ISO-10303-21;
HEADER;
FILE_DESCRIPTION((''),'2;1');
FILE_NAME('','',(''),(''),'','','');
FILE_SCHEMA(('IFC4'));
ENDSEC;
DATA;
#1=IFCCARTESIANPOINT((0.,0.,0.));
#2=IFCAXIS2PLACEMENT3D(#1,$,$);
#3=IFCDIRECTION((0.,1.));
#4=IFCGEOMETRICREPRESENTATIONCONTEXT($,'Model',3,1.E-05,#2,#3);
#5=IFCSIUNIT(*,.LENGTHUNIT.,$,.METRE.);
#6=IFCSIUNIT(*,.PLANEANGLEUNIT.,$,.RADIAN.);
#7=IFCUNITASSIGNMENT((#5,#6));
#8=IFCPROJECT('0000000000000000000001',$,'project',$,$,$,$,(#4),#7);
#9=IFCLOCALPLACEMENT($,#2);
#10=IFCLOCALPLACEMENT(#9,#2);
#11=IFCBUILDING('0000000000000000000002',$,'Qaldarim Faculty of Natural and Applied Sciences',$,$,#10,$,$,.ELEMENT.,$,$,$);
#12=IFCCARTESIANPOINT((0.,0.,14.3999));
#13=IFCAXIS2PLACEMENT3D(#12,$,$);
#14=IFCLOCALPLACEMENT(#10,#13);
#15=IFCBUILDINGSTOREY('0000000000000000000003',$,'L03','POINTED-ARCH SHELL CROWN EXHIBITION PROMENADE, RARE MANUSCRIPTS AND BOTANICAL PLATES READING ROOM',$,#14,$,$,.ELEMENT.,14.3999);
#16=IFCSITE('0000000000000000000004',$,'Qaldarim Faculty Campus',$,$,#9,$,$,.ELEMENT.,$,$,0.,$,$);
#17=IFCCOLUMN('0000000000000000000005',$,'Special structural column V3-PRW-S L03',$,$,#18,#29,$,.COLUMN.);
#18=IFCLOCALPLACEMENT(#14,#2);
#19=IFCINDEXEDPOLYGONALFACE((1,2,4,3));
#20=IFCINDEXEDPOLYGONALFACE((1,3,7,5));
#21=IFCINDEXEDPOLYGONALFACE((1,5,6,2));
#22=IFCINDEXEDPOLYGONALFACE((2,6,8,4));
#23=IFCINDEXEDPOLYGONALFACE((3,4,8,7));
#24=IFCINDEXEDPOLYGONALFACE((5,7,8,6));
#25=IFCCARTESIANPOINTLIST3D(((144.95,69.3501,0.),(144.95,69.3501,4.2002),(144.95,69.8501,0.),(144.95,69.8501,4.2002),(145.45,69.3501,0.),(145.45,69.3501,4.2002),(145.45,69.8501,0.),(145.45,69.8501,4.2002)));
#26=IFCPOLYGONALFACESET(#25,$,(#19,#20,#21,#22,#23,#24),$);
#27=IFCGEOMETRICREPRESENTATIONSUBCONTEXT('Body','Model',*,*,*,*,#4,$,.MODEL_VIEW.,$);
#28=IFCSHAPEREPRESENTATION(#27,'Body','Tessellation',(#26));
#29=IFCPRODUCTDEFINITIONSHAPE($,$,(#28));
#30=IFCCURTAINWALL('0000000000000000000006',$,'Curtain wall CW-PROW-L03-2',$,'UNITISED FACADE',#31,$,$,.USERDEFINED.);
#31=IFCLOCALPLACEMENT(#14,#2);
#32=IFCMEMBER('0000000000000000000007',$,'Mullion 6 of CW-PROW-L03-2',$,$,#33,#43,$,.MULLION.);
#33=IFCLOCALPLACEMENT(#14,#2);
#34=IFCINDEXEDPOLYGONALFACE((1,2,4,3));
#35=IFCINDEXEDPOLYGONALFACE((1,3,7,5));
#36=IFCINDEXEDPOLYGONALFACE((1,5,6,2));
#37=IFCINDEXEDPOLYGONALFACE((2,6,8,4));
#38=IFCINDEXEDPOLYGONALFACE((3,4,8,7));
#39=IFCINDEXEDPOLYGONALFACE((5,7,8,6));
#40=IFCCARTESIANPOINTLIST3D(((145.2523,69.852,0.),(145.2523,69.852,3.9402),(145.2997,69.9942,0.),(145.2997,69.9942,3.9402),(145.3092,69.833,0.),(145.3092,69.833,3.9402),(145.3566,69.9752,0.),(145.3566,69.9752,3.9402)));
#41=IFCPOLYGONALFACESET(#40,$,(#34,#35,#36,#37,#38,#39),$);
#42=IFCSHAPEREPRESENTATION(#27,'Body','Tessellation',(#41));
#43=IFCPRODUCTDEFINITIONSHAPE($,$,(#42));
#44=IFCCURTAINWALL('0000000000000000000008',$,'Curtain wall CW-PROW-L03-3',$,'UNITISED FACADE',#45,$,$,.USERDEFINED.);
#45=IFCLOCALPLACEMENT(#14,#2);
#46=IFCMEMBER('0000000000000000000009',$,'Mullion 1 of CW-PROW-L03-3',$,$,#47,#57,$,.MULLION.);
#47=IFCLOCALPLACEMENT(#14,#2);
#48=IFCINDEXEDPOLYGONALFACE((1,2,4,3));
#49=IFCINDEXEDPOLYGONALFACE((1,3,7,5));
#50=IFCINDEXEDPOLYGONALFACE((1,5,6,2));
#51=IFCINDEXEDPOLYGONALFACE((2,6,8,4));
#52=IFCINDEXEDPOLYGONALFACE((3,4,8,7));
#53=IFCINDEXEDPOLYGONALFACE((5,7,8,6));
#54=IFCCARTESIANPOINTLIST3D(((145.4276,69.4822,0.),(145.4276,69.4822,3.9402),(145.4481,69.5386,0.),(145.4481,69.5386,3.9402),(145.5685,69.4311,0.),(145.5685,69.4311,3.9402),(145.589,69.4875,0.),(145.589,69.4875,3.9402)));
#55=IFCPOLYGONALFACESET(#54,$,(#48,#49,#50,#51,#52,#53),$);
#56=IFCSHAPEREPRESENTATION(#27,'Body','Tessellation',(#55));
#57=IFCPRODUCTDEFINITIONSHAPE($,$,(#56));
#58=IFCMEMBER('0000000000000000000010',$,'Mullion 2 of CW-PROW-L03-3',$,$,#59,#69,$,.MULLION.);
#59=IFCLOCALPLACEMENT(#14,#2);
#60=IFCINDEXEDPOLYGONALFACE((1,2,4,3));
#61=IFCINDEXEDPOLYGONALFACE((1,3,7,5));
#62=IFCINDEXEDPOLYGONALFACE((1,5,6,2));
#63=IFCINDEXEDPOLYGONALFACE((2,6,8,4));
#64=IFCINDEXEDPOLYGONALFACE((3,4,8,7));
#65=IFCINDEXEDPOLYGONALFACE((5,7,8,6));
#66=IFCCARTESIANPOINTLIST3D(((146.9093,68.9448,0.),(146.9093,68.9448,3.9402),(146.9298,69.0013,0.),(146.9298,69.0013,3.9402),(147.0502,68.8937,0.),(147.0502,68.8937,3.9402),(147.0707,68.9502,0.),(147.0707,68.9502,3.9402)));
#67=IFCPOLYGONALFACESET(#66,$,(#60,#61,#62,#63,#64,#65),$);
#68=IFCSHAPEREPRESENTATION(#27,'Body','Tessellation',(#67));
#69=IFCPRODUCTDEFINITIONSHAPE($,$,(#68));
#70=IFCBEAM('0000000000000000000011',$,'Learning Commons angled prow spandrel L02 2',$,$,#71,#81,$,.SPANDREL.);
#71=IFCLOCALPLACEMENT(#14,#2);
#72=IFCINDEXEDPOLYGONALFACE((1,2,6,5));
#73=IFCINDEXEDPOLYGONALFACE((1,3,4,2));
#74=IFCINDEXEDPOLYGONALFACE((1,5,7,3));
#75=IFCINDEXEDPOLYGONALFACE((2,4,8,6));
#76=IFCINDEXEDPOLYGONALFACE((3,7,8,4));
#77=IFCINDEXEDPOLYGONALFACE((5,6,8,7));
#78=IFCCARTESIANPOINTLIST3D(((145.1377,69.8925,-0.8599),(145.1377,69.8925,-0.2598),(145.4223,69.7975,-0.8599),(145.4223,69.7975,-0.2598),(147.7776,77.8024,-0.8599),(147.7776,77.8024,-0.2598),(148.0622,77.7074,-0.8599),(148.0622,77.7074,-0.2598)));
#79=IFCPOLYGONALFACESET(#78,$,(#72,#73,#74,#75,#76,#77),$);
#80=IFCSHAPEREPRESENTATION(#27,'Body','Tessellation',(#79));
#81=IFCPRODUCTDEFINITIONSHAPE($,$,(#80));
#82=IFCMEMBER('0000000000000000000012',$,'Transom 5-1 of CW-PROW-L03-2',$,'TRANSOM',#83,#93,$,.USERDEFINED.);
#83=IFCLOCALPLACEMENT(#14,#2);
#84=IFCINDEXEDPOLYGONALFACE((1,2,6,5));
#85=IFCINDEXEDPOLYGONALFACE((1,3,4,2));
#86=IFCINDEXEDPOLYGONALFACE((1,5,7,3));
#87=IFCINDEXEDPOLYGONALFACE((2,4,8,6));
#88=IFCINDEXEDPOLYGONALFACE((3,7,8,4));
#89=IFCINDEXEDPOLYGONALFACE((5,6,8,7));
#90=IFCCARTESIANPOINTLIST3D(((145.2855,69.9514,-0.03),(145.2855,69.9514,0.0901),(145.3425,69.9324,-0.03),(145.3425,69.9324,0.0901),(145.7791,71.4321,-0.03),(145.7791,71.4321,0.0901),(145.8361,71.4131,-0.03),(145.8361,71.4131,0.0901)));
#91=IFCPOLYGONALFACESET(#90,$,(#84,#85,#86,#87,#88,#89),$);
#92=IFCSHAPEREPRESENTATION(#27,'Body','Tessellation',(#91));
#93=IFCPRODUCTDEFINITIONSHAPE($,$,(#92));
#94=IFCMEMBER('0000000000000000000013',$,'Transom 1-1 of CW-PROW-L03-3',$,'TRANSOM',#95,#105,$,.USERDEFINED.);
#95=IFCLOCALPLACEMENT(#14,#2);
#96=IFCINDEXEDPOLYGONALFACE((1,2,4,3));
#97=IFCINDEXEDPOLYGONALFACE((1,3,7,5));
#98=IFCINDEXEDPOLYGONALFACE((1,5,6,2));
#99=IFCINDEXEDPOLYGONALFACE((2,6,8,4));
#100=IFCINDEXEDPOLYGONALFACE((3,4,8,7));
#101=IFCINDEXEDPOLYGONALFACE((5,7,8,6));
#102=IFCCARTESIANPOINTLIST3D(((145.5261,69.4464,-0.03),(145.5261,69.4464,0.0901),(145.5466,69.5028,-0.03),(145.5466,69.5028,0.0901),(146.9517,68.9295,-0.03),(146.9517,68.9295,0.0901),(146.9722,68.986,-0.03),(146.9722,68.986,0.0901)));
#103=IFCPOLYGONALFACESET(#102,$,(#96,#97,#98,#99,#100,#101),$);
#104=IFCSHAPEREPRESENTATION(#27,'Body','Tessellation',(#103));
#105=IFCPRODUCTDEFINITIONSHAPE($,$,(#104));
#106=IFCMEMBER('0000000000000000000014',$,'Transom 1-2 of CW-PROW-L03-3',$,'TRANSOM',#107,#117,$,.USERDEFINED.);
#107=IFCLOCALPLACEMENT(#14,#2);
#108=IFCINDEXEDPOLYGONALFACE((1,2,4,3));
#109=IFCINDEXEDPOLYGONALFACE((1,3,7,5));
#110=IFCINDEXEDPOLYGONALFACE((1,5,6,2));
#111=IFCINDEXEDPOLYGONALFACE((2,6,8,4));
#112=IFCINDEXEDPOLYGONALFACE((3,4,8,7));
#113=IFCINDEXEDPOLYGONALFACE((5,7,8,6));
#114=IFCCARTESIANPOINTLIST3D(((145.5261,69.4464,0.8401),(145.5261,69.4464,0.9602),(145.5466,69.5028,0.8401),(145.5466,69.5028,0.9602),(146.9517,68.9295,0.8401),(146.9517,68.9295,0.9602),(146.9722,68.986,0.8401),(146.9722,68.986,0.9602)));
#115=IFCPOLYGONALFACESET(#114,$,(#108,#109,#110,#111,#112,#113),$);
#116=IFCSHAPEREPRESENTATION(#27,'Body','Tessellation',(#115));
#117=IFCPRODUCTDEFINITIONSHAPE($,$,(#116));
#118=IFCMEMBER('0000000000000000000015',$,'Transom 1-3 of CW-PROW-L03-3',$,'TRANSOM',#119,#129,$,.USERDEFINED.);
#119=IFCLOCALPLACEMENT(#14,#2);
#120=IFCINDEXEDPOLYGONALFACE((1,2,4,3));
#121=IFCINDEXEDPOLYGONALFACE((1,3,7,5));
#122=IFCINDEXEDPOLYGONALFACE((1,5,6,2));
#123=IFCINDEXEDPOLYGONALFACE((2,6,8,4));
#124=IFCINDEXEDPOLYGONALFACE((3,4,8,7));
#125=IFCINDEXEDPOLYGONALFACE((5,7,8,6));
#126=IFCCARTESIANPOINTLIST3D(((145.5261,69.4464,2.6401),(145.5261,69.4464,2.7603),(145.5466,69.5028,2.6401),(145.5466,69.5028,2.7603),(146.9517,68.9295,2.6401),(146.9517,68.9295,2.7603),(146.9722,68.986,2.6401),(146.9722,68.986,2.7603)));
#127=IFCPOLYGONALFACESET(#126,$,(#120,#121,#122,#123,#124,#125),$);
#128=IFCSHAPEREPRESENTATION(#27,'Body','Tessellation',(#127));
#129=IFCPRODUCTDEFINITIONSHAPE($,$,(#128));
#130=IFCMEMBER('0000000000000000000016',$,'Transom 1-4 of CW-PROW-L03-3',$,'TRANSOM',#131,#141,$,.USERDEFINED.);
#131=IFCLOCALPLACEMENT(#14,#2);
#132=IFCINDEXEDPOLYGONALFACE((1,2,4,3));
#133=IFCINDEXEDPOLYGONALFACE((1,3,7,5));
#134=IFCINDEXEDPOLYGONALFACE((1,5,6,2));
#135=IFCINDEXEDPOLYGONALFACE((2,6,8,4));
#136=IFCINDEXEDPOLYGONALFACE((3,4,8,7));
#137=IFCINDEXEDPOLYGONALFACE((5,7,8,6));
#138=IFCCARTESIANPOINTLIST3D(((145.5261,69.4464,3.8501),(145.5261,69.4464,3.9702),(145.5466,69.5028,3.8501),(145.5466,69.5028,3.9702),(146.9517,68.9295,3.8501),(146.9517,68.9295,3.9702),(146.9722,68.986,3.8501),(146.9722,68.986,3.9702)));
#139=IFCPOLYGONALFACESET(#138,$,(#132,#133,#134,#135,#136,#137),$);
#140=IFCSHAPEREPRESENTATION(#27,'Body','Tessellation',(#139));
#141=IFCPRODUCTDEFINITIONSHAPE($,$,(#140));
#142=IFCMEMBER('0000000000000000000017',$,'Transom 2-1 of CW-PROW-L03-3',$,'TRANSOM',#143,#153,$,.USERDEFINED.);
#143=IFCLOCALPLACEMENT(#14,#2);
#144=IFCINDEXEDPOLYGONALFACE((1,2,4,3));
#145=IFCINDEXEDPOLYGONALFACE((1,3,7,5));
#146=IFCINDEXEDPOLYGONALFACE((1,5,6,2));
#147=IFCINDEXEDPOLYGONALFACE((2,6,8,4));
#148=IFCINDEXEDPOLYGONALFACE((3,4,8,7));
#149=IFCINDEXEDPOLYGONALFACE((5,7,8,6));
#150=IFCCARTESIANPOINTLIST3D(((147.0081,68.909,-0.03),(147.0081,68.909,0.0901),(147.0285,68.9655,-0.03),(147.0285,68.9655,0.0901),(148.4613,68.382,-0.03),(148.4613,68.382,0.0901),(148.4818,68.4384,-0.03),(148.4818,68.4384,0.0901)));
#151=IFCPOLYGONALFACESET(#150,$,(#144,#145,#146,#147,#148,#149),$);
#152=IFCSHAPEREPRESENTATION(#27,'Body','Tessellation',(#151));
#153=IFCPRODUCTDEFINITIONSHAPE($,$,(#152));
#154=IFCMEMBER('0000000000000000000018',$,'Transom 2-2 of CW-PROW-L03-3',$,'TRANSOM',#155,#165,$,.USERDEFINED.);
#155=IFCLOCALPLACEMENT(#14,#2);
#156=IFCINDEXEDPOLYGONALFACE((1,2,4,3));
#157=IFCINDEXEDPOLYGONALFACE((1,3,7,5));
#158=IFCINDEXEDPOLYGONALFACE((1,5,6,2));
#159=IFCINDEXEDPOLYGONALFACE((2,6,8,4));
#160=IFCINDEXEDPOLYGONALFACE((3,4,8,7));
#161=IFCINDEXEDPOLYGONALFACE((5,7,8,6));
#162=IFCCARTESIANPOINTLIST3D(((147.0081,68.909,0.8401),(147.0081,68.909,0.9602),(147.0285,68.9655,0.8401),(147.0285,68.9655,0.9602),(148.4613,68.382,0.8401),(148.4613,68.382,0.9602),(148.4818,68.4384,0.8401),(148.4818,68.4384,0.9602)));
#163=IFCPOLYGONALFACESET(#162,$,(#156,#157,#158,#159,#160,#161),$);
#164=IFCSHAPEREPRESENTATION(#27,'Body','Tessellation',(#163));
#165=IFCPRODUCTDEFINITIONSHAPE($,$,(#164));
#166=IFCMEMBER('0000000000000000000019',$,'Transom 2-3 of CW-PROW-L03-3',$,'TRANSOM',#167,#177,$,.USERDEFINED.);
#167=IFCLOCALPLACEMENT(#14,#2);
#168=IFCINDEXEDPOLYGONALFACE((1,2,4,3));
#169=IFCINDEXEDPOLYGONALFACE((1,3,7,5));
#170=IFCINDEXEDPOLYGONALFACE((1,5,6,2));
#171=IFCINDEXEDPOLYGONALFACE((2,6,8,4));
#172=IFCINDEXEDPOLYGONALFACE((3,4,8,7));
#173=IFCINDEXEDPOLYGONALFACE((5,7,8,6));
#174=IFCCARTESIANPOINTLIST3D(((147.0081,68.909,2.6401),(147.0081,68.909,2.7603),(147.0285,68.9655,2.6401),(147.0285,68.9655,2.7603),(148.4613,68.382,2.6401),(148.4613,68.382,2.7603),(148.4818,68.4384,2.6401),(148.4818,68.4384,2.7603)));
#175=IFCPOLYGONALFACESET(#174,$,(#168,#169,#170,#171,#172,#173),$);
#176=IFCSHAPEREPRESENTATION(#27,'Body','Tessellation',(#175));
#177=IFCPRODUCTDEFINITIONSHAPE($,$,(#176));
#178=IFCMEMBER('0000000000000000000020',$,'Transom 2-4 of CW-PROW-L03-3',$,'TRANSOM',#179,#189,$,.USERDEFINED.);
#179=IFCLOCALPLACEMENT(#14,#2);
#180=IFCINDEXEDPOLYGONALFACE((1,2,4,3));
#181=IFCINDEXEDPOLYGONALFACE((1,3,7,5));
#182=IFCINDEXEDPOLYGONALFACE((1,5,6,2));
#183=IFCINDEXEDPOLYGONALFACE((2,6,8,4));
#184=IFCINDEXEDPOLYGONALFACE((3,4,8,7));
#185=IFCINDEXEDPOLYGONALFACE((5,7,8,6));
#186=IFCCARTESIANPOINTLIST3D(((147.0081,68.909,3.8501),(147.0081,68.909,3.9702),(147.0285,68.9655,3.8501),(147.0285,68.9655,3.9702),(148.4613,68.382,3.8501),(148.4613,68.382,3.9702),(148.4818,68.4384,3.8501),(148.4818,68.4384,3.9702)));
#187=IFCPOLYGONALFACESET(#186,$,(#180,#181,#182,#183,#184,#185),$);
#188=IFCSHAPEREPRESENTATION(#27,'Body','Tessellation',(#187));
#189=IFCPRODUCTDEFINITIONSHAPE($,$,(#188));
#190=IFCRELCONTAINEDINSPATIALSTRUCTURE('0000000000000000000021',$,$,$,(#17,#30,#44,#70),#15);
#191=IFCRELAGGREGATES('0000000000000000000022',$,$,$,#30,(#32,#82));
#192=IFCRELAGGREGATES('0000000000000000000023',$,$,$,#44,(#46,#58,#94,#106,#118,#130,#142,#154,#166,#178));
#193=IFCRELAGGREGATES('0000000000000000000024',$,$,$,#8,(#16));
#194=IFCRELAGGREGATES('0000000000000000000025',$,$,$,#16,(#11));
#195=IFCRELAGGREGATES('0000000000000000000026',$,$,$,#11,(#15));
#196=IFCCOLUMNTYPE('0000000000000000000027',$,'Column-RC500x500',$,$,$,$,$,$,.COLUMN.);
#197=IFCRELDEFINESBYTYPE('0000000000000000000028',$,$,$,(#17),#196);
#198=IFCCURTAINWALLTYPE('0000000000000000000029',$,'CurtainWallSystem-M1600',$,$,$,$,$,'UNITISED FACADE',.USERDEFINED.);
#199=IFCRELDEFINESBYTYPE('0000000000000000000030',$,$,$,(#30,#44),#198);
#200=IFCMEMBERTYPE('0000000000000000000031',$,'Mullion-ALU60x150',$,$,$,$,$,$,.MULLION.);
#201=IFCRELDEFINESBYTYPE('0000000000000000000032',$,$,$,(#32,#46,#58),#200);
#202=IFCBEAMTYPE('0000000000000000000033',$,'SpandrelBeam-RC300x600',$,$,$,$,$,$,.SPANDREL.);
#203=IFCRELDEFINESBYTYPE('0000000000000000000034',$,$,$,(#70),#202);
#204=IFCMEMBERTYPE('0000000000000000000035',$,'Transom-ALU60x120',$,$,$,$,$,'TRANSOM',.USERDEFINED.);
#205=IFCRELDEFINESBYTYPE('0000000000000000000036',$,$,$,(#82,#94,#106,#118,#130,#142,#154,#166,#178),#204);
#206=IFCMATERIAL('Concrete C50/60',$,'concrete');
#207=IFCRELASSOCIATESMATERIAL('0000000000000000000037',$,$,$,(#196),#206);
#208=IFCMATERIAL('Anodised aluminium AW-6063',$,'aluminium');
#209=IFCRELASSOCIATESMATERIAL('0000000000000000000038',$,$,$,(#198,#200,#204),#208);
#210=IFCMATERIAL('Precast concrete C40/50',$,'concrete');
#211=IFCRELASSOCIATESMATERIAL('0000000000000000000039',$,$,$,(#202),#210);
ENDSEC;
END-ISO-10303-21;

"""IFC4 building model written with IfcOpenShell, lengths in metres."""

from ifc_helpers import new_model, si_unit, direction, frame, origin, origin_2d, place, context, subcontext, project, spatial, rectangle, extrude, material, material_profile, profile_set, type_object, element, aggregate, save


model = new_model("IFC4")

# Units and contexts
model_context = context("Model", 3, precision=1e-05, world=origin(), true_north=direction((0.0, 1.0)))
body_context = subcontext(model_context, "Body", "Model", "MODEL_VIEW")
ifc_project = project(units=[si_unit("LENGTHUNIT", "METRE"), si_unit("PLANEANGLEUNIT", "RADIAN")], contexts=[model_context])

# Site, building, storey
site_placement = place(None, origin())
site = spatial("IfcSite", under=ifc_project, at=site_placement, Name="Qaldarim Faculty Campus", CompositionType="ELEMENT", RefElevation=0.0)
building_placement = place(site_placement, origin())
building = spatial("IfcBuilding", under=site, at=building_placement, Name="Qaldarim Faculty of Natural and Applied Sciences", CompositionType="ELEMENT")
storey_placement = place(building_placement, frame((0.0, 0.0, 14.3999)))
storey = spatial("IfcBuildingStorey", under=building, at=storey_placement, Name="L03", Description="POINTED-ARCH SHELL CROWN EXHIBITION PROMENADE, RARE MANUSCRIPTS AND BOTANICAL PLATES READING ROOM", CompositionType="ELEMENT", Elevation=14.3999)

# Column
ifc_material_1 = material(Name="Concrete C50/60", Category="concrete")
ifc_material_profile_1 = material_profile(ifc_material_1, rectangle(XDim=0.5, YDim=0.5, at=origin_2d()), Name="RC-C500x500")
ifc_profile_set_1 = profile_set([ifc_material_profile_1], Name="Concrete C50/60")
column_type = type_object("IfcColumnType", Name="Column-RC500x500", PredefinedType="COLUMN", material=ifc_profile_set_1)
column_placement = place(storey_placement, frame((145.2, 69.6001, 0.0), z_axis=(0.0, 0.0, 1.0), x_axis=(1.0, 0.0, 0.0)))
element("IfcColumn", 1, at=column_placement, inside=storey, type_object=column_type, Name="Special structural column V3-PRW-S L03", PredefinedType="COLUMN", context=body_context, shape_type="SweptSolid", body=[
    extrude(rectangle(XDim=0.5, YDim=0.5, at=origin_2d()), origin(), (0.0, 0.0, 1.0), 4.2002),
])

# Curtain wall, member
ifc_material_2 = material(Name="Anodised aluminium AW-6063", Category="aluminium")
curtain_wall_type = type_object("IfcCurtainWallType", Name="CurtainWallSystem-M1600", ElementType="UNITISED FACADE", PredefinedType="USERDEFINED", material=ifc_material_2)
curtain_wall_1_placement = place(storey_placement, origin())
curtain_wall_1 = element("IfcCurtainWall", 2, at=curtain_wall_1_placement, inside=storey, type_object=curtain_wall_type, Name="Curtain wall CW-PROW-L03-2", ObjectType="UNITISED FACADE", PredefinedType="USERDEFINED")
ifc_material_profile_2 = material_profile(ifc_material_2, rectangle(XDim=0.0601, YDim=0.1499, at=origin_2d()), Name="ALU-M60x150")
ifc_profile_set_2 = profile_set([ifc_material_profile_2], Name="Anodised aluminium AW-6063")
member_type_1 = type_object("IfcMemberType", Name="Mullion-ALU60x150", PredefinedType="MULLION", material=ifc_profile_set_2)
member_1_placement = place(storey_placement, frame((145.3044, 69.9136, 0.0), z_axis=(0.0, 0.0, 1.0), x_axis=(0.948683, -0.316229, 0.0)))
member_1 = element("IfcMember", 3, at=member_1_placement, type_object=member_type_1, Name="Mullion 6 of CW-PROW-L03-2", PredefinedType="MULLION", context=body_context, shape_type="SweptSolid", body=[
    extrude(rectangle(XDim=0.0601, YDim=0.1499, at=origin_2d()), origin(), (0.0, 0.0, 1.0), 3.9402),
])

# Curtain wall, members
curtain_wall_2_placement = place(storey_placement, origin())
curtain_wall_2 = element("IfcCurtainWall", 4, at=curtain_wall_2_placement, inside=storey, type_object=curtain_wall_type, Name="Curtain wall CW-PROW-L03-3", ObjectType="UNITISED FACADE", PredefinedType="USERDEFINED")
member_2_placement = place(storey_placement, frame((145.5083, 69.4849, 0.0), z_axis=(0.0, 0.0, 1.0), x_axis=(0.340872, 0.94011, 0.0)))
member_2 = element("IfcMember", 5, at=member_2_placement, type_object=member_type_1, Name="Mullion 1 of CW-PROW-L03-3", PredefinedType="MULLION", context=body_context, shape_type="SweptSolid", body=[
    extrude(rectangle(XDim=0.0601, YDim=0.1499, at=origin_2d()), origin(), (0.0, 0.0, 1.0), 3.9402),
])
member_3_placement = place(storey_placement, frame((146.99, 68.9475, 0.0), z_axis=(0.0, 0.0, 1.0), x_axis=(0.340872, 0.94011, 0.0)))
member_3 = element("IfcMember", 6, at=member_3_placement, type_object=member_type_1, Name="Mullion 2 of CW-PROW-L03-3", PredefinedType="MULLION", context=body_context, shape_type="SweptSolid", body=[
    extrude(rectangle(XDim=0.0601, YDim=0.1499, at=origin_2d()), origin(), (0.0, 0.0, 1.0), 3.9402),
])

# Beam
ifc_material_3 = material(Name="Precast concrete C40/50", Category="concrete")
ifc_material_profile_3 = material_profile(ifc_material_3, rectangle(XDim=0.3, YDim=0.6001, at=origin_2d()), Name="RC-SP300x600")
ifc_profile_set_3 = profile_set([ifc_material_profile_3], Name="Precast concrete C40/50")
beam_type = type_object("IfcBeamType", Name="SpandrelBeam-RC300x600", PredefinedType="SPANDREL", material=ifc_profile_set_3)
beam_placement = place(storey_placement, frame((145.28, 69.845, -0.5598), z_axis=(0.316579, 0.948566, 0.0), x_axis=(-0.948566, 0.316579, 0.0)))
element("IfcBeam", 7, at=beam_placement, inside=storey, type_object=beam_type, Name="Learning Commons angled prow spandrel L02 2", PredefinedType="SPANDREL", context=body_context, shape_type="SweptSolid", body=[
    extrude(rectangle(XDim=0.3, YDim=0.6001, at=origin_2d()), origin(), (0.0, 0.0, 1.0), 8.3389),
])

# Members
ifc_material_profile_4 = material_profile(ifc_material_2, rectangle(XDim=0.0601, YDim=0.1201, at=origin_2d()), Name="ALU-T60x120")
ifc_profile_set_4 = profile_set([ifc_material_profile_4], Name="Anodised aluminium AW-6063")
member_type_2 = type_object("IfcMemberType", Name="Transom-ALU60x120", ElementType="TRANSOM", PredefinedType="USERDEFINED", material=ifc_profile_set_4)
member_4_placement = place(storey_placement, frame((145.8076, 71.4226, 0.03), z_axis=(-0.316275, -0.948668, 0.0), x_axis=(0.948668, -0.316275, 0.0)))
member_4 = element("IfcMember", 8, at=member_4_placement, type_object=member_type_2, Name="Transom 5-1 of CW-PROW-L03-2", ObjectType="TRANSOM", PredefinedType="USERDEFINED", context=body_context, shape_type="SweptSolid", body=[
    extrude(rectangle(XDim=0.0601, YDim=0.1201, at=origin_2d()), origin(), (0.0, 0.0, 1.0), 1.5608),
])
member_5_placement = place(storey_placement, frame((145.5364, 69.4746, 0.03), z_axis=(0.940117, -0.340851, 0.0), x_axis=(0.340851, 0.940117, 0.0)))
member_5 = element("IfcMember", 9, at=member_5_placement, type_object=member_type_2, Name="Transom 1-1 of CW-PROW-L03-3", ObjectType="TRANSOM", PredefinedType="USERDEFINED", context=body_context, shape_type="SweptSolid", body=[
    extrude(rectangle(XDim=0.0601, YDim=0.1201, at=origin_2d()), origin(), (0.0, 0.0, 1.0), 1.5164),
])
member_6_placement = place(storey_placement, frame((145.5364, 69.4746, 0.9001), z_axis=(0.940117, -0.340851, 0.0), x_axis=(0.340851, 0.940117, 0.0)))
member_6 = element("IfcMember", 10, at=member_6_placement, type_object=member_type_2, Name="Transom 1-2 of CW-PROW-L03-3", ObjectType="TRANSOM", PredefinedType="USERDEFINED", context=body_context, shape_type="SweptSolid", body=[
    extrude(rectangle(XDim=0.0601, YDim=0.1201, at=origin_2d()), origin(), (0.0, 0.0, 1.0), 1.5164),
])
member_7_placement = place(storey_placement, frame((145.5364, 69.4746, 2.7002), z_axis=(0.940117, -0.340851, 0.0), x_axis=(0.340851, 0.940117, 0.0)))
member_7 = element("IfcMember", 11, at=member_7_placement, type_object=member_type_2, Name="Transom 1-3 of CW-PROW-L03-3", ObjectType="TRANSOM", PredefinedType="USERDEFINED", context=body_context, shape_type="SweptSolid", body=[
    extrude(rectangle(XDim=0.0601, YDim=0.1201, at=origin_2d()), origin(), (0.0, 0.0, 1.0), 1.5164),
])
member_8_placement = place(storey_placement, frame((145.5364, 69.4746, 3.9102), z_axis=(0.940117, -0.340851, 0.0), x_axis=(0.340851, 0.940117, 0.0)))
member_8 = element("IfcMember", 12, at=member_8_placement, type_object=member_type_2, Name="Transom 1-4 of CW-PROW-L03-3", ObjectType="TRANSOM", PredefinedType="USERDEFINED", context=body_context, shape_type="SweptSolid", body=[
    extrude(rectangle(XDim=0.0601, YDim=0.1201, at=origin_2d()), origin(), (0.0, 0.0, 1.0), 1.5164),
])
member_9_placement = place(storey_placement, frame((147.0183, 68.9373, 0.03), z_axis=(0.940084, -0.340944, 0.0), x_axis=(0.340944, 0.940084, 0.0)))
member_9 = element("IfcMember", 13, at=member_9_placement, type_object=member_type_2, Name="Transom 2-1 of CW-PROW-L03-3", ObjectType="TRANSOM", PredefinedType="USERDEFINED", context=body_context, shape_type="SweptSolid", body=[
    extrude(rectangle(XDim=0.0601, YDim=0.1201, at=origin_2d()), origin(), (0.0, 0.0, 1.0), 1.5459),
])
member_10_placement = place(storey_placement, frame((147.0183, 68.9373, 0.9001), z_axis=(0.940084, -0.340944, 0.0), x_axis=(0.340944, 0.940084, 0.0)))
member_10 = element("IfcMember", 14, at=member_10_placement, type_object=member_type_2, Name="Transom 2-2 of CW-PROW-L03-3", ObjectType="TRANSOM", PredefinedType="USERDEFINED", context=body_context, shape_type="SweptSolid", body=[
    extrude(rectangle(XDim=0.0601, YDim=0.1201, at=origin_2d()), origin(), (0.0, 0.0, 1.0), 1.5459),
])
member_11_placement = place(storey_placement, frame((147.0183, 68.9373, 2.7002), z_axis=(0.940084, -0.340944, 0.0), x_axis=(0.340944, 0.940084, 0.0)))
member_11 = element("IfcMember", 15, at=member_11_placement, type_object=member_type_2, Name="Transom 2-3 of CW-PROW-L03-3", ObjectType="TRANSOM", PredefinedType="USERDEFINED", context=body_context, shape_type="SweptSolid", body=[
    extrude(rectangle(XDim=0.0601, YDim=0.1201, at=origin_2d()), origin(), (0.0, 0.0, 1.0), 1.5459),
])
member_12_placement = place(storey_placement, frame((147.0183, 68.9373, 3.9102), z_axis=(0.940084, -0.340944, 0.0), x_axis=(0.340944, 0.940084, 0.0)))
member_12 = element("IfcMember", 16, at=member_12_placement, type_object=member_type_2, Name="Transom 2-4 of CW-PROW-L03-3", ObjectType="TRANSOM", PredefinedType="USERDEFINED", context=body_context, shape_type="SweptSolid", body=[
    extrude(rectangle(XDim=0.0601, YDim=0.1201, at=origin_2d()), origin(), (0.0, 0.0, 1.0), 1.5459),
])

aggregate(curtain_wall_1, [member_1, member_4])
aggregate(curtain_wall_2, [member_2, member_3, member_5, member_6, member_7, member_8, member_9, member_10, member_11, member_12])

save(model, "model.ifc")
